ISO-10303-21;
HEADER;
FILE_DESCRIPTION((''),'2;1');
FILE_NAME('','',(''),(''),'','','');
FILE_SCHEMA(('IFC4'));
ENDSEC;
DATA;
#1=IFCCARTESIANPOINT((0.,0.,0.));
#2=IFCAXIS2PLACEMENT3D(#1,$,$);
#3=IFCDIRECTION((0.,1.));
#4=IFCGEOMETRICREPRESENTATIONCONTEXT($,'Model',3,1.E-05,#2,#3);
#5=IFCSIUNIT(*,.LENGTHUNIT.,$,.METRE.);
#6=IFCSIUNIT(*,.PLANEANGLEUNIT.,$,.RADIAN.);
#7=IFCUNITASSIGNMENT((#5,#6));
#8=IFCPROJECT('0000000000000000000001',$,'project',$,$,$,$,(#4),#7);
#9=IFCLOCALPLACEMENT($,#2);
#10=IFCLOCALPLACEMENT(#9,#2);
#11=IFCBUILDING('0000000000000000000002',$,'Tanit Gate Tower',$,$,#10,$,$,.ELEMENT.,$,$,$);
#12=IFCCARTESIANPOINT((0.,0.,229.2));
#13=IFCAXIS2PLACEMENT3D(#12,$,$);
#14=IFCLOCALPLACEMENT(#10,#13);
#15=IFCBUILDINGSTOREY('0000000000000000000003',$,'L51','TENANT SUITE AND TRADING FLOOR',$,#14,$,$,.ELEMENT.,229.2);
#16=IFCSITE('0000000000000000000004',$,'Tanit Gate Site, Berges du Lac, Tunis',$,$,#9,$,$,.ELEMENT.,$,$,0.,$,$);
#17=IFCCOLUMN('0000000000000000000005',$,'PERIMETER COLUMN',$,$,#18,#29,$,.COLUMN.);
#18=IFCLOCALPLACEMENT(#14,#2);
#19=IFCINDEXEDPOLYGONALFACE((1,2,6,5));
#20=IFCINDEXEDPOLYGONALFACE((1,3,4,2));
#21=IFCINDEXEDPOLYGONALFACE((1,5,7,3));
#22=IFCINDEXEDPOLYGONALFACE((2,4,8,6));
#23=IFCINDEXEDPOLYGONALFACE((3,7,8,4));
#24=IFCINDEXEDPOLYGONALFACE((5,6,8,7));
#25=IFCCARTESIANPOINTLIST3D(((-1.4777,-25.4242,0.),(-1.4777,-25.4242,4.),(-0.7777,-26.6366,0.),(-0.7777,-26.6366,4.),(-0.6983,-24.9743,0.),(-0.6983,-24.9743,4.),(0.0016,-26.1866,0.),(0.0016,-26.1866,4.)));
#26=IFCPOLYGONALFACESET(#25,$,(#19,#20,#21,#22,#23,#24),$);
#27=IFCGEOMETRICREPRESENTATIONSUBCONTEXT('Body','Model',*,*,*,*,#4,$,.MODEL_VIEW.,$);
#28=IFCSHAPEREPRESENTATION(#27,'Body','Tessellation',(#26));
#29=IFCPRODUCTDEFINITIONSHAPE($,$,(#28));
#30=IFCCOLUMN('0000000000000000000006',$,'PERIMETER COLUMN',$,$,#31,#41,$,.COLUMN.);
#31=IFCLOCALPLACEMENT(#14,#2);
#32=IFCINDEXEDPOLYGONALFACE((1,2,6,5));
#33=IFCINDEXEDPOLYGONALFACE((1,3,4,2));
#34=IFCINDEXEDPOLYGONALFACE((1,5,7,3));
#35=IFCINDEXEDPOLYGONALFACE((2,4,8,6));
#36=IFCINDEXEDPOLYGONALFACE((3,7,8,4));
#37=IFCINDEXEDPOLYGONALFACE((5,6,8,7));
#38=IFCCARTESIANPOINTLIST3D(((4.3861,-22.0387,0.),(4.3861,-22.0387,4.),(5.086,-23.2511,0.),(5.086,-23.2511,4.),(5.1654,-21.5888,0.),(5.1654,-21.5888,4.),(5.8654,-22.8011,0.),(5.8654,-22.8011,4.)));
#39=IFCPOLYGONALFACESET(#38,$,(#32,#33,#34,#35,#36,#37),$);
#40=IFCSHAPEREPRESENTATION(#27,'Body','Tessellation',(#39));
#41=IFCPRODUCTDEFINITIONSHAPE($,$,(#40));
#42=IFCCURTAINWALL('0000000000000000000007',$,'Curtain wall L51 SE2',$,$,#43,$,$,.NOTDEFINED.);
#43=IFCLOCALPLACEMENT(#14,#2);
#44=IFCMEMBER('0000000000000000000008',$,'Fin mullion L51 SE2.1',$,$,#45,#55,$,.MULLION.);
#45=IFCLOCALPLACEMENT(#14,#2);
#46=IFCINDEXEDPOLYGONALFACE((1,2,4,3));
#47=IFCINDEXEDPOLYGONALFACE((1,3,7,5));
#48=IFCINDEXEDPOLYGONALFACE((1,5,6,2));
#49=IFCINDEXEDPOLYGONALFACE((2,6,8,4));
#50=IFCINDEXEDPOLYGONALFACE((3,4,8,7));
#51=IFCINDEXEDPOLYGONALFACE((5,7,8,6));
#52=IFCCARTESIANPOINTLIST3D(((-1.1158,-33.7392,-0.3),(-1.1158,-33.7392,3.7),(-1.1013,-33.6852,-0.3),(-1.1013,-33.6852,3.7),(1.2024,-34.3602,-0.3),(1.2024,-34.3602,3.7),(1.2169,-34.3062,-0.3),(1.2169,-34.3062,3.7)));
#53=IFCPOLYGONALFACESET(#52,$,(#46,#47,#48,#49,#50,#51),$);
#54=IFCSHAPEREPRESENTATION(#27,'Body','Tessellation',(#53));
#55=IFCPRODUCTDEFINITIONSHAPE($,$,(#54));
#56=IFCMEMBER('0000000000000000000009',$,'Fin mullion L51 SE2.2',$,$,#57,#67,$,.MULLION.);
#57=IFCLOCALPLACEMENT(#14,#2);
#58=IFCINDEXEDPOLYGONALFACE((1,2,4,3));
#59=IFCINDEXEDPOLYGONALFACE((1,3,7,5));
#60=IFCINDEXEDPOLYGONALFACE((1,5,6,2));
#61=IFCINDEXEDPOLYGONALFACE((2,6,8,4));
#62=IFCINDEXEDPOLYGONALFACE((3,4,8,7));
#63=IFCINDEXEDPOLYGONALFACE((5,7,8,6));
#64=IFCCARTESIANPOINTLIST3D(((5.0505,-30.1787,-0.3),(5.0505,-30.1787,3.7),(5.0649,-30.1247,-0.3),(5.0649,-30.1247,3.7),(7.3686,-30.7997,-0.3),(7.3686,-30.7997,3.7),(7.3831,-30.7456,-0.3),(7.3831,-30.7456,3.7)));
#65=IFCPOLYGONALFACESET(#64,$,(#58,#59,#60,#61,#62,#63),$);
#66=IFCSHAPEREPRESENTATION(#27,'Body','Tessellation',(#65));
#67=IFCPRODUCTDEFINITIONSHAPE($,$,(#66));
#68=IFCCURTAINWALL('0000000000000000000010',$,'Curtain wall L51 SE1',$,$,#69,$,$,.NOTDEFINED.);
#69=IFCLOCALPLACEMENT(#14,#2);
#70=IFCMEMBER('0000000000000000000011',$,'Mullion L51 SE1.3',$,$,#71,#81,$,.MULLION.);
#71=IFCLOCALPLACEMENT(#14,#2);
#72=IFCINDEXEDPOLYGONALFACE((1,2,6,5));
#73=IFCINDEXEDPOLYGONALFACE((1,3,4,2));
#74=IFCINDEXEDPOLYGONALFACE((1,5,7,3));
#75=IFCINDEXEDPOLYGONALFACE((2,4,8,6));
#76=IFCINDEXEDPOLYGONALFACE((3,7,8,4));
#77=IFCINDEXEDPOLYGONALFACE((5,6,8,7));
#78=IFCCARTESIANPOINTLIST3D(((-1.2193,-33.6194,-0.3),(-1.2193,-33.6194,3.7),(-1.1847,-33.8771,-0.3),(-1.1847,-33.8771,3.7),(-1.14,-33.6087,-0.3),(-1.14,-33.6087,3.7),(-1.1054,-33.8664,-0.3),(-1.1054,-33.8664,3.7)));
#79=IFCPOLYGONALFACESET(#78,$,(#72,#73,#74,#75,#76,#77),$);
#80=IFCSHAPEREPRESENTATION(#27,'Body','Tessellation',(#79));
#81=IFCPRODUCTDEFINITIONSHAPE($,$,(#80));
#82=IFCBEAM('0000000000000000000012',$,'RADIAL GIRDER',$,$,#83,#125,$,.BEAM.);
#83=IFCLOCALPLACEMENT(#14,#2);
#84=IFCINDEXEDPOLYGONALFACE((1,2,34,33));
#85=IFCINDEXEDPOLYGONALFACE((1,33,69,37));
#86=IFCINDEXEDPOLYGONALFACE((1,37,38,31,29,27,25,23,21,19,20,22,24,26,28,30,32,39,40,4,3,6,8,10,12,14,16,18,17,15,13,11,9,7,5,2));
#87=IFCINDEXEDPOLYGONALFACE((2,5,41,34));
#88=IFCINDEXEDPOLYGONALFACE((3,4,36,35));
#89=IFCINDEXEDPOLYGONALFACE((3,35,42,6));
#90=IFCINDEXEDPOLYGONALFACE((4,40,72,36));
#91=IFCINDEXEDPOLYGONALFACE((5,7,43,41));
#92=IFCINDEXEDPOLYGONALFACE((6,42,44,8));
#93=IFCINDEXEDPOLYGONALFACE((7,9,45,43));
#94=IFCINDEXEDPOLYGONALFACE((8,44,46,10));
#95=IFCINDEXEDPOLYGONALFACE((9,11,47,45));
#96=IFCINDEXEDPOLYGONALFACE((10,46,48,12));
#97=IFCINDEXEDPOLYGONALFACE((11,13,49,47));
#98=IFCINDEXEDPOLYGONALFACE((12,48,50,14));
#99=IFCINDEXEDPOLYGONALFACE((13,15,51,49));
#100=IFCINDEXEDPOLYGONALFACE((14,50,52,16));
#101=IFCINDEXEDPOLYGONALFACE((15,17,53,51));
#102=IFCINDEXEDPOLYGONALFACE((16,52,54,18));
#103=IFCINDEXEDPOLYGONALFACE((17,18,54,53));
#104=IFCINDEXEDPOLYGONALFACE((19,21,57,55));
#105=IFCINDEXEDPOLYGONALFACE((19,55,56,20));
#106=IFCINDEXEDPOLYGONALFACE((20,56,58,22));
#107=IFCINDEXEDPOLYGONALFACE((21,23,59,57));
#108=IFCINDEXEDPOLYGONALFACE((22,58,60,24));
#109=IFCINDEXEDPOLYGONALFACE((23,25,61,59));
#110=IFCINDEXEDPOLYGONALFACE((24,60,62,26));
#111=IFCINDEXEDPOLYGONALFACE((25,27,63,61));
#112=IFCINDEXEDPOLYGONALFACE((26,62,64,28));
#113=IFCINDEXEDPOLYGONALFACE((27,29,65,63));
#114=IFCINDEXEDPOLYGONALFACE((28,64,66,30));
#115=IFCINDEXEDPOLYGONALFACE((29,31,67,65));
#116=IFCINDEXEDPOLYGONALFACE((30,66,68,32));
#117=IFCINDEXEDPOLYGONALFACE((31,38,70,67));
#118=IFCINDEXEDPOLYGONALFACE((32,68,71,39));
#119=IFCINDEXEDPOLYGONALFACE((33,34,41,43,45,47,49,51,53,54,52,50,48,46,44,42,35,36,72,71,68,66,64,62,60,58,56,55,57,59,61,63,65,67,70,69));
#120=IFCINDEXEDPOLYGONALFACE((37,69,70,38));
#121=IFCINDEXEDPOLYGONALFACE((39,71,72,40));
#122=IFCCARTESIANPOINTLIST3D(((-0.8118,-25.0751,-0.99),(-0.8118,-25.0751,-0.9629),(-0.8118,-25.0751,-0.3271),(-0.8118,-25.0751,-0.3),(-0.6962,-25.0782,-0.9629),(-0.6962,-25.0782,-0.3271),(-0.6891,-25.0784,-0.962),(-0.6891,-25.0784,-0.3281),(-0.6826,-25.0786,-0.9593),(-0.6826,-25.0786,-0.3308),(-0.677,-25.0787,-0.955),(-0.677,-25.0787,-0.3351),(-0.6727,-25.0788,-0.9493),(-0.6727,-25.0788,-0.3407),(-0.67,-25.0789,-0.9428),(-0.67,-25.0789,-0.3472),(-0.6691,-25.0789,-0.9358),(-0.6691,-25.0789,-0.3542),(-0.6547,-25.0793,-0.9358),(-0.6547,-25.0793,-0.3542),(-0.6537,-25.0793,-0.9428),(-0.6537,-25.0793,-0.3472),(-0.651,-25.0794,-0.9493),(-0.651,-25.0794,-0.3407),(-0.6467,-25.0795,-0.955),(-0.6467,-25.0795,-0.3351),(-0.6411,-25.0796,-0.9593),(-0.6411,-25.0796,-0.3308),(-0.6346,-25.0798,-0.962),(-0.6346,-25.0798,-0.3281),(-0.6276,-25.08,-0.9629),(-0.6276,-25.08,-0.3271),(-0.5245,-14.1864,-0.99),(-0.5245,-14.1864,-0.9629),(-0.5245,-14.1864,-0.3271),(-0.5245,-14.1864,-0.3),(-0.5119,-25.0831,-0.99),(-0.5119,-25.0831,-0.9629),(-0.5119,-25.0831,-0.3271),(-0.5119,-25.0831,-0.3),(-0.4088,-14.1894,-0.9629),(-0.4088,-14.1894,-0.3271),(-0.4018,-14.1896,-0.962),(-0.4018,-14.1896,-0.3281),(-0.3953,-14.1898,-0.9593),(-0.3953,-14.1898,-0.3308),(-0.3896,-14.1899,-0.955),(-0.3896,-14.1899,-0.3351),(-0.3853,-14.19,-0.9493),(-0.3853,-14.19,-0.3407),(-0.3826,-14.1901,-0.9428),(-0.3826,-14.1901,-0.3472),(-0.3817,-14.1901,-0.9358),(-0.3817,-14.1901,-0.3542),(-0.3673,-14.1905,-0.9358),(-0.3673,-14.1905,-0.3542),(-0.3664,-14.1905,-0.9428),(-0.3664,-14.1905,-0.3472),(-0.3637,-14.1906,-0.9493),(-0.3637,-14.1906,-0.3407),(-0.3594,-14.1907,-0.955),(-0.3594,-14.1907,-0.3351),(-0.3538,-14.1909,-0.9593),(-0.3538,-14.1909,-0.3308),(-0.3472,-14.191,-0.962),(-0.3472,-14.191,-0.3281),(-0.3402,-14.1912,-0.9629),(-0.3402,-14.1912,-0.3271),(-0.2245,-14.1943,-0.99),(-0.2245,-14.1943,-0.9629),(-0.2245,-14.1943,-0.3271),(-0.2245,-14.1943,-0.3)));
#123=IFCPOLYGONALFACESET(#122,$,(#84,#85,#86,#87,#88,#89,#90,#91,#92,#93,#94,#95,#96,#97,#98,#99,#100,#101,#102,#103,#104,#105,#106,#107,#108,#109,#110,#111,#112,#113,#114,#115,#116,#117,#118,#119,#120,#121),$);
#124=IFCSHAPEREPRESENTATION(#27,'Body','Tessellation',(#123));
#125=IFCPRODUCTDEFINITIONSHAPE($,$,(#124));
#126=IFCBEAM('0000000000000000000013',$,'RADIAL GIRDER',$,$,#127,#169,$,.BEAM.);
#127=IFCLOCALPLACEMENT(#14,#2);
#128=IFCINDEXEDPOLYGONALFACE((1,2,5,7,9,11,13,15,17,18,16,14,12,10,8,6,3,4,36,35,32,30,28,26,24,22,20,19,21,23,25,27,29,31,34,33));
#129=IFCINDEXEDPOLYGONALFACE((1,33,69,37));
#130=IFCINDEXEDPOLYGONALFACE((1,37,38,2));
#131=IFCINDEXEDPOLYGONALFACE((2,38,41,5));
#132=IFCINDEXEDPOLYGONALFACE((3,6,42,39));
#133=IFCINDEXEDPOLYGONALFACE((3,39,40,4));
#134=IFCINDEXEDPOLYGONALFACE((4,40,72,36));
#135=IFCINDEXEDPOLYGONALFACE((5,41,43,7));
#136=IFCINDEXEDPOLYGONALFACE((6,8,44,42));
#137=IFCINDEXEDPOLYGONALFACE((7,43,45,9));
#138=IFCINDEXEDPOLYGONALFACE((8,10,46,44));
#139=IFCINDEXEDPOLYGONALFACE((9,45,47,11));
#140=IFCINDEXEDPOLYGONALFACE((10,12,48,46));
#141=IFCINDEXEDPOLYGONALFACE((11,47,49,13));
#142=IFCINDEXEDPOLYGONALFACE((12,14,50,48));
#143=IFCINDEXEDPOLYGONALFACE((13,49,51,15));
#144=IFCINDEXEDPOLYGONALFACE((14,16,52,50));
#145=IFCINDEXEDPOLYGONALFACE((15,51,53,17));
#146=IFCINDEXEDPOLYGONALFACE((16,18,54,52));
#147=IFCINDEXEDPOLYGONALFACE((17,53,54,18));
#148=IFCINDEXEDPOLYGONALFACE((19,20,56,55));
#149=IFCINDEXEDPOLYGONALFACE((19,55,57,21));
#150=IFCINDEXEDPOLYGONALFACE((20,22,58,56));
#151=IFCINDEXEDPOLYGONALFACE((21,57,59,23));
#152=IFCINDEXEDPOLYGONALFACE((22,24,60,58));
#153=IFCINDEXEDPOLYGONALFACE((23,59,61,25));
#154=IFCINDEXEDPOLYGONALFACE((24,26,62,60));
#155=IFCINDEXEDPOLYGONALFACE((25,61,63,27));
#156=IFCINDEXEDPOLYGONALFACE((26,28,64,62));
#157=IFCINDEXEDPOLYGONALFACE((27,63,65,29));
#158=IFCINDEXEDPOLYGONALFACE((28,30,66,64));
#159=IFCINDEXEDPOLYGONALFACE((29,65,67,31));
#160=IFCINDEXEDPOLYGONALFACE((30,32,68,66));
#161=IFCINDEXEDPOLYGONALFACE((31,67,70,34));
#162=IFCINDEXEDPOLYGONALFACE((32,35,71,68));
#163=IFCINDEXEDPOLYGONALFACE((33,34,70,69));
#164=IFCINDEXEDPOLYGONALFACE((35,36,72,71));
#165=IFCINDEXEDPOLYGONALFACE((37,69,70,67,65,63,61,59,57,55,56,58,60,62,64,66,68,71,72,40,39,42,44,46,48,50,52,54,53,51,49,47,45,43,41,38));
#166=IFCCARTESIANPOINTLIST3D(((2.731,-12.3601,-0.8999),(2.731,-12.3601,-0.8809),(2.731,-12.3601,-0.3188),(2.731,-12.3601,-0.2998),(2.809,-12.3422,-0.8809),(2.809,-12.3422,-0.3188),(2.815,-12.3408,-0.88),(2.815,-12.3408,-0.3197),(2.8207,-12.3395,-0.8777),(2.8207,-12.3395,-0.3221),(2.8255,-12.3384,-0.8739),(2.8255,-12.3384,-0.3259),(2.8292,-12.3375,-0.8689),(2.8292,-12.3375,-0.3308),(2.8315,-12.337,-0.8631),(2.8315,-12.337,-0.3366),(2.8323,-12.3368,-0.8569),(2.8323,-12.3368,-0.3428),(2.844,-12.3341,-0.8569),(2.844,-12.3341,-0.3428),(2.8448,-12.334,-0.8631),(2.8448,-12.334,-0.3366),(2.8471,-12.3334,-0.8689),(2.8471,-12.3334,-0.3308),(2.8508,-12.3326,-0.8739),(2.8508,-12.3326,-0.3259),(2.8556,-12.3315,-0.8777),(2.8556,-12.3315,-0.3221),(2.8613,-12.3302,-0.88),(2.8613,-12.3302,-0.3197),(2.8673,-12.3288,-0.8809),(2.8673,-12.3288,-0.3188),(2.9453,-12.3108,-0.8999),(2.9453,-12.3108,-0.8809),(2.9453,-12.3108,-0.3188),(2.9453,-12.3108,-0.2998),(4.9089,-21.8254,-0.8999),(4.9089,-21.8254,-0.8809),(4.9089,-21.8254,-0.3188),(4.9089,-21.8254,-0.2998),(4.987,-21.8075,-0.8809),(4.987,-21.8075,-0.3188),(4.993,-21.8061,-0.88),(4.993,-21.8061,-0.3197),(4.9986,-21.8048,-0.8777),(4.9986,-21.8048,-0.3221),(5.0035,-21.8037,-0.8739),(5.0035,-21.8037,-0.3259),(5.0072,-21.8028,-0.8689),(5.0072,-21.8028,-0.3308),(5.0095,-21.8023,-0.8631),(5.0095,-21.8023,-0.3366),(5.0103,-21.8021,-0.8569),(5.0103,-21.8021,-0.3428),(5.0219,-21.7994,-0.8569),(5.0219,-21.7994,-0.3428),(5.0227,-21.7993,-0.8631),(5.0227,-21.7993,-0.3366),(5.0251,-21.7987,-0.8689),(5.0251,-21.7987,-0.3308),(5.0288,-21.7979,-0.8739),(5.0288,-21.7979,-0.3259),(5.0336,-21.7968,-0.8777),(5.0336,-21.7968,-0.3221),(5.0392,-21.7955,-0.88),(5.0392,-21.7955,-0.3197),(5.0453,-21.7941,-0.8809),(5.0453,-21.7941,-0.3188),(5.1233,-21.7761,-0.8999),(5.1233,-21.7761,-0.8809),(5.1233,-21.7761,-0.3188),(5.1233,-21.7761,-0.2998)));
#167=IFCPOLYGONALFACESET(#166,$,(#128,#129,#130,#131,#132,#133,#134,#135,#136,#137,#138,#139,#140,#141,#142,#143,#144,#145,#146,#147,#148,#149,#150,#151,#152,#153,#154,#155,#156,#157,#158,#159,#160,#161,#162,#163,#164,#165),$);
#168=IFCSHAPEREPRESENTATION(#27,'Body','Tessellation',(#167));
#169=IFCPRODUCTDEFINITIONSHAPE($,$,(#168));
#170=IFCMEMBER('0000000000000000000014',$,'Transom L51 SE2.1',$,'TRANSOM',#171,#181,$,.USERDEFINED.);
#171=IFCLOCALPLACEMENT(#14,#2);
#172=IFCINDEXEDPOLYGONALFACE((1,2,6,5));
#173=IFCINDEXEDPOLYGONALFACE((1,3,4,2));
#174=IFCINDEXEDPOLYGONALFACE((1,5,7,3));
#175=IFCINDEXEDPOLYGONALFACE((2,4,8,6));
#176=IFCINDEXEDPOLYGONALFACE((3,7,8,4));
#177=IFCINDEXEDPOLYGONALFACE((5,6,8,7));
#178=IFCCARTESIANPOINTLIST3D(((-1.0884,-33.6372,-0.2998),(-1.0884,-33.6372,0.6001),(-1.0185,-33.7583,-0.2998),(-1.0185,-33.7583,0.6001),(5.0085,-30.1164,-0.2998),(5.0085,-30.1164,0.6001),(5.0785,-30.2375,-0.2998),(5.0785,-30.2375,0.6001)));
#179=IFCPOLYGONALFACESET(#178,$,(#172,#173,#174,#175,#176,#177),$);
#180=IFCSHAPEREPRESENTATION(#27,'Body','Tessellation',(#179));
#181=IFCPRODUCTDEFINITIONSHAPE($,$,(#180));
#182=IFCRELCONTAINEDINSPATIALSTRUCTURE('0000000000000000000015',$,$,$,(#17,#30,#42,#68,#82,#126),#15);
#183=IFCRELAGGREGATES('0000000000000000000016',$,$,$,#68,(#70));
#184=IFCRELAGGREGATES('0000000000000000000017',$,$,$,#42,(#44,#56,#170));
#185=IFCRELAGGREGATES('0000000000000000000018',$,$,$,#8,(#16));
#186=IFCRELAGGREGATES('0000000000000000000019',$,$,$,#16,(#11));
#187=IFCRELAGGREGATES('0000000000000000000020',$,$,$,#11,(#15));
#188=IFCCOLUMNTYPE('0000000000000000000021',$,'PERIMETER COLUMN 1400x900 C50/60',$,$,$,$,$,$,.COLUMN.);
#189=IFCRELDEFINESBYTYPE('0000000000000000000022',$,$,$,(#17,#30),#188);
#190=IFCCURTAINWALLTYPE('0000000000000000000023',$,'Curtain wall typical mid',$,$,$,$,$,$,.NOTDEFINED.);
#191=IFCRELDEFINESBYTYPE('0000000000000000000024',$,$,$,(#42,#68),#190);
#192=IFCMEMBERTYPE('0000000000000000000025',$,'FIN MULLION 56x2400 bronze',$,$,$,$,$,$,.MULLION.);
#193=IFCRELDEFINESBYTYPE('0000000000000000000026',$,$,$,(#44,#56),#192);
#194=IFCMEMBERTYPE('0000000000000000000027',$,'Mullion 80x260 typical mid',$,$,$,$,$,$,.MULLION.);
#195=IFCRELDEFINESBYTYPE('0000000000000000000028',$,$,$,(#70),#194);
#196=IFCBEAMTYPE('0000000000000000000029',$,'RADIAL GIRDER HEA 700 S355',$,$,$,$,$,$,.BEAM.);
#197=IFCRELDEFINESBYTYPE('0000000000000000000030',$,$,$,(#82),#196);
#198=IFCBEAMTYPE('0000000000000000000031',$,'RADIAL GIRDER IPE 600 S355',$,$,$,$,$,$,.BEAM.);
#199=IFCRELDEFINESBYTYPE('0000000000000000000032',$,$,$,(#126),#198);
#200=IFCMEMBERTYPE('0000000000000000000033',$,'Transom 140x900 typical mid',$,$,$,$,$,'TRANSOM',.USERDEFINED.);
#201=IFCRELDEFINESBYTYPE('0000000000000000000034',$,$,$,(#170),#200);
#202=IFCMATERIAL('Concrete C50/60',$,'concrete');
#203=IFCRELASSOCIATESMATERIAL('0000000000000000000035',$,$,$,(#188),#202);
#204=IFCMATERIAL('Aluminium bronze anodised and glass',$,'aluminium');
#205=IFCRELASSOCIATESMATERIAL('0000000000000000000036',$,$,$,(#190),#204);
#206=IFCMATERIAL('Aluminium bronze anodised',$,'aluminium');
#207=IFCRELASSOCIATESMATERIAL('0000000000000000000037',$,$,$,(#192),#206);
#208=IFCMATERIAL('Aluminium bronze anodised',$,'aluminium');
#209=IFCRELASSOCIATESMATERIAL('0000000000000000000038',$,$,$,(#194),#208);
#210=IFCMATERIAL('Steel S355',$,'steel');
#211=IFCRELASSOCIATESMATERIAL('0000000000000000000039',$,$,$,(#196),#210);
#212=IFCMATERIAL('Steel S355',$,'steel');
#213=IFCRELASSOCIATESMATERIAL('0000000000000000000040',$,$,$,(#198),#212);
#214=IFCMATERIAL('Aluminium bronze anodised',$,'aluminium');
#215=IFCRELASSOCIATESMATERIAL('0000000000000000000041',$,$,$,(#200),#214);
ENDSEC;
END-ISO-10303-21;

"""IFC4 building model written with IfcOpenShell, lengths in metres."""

from ifc_helpers import new_model, si_unit, direction, frame, origin, origin_2d, place, context, subcontext, project, spatial, rectangle, i_section, extrude, material, material_profile, profile_set, type_object, element, aggregate, save


model = new_model("IFC4")

# Units and contexts
model_context = context("Model", 3, precision=1e-05, world=origin(), true_north=direction((0.0, 1.0)))
body_context = subcontext(model_context, "Body", "Model", "MODEL_VIEW")
ifc_project = project(units=[si_unit("LENGTHUNIT", "METRE"), si_unit("PLANEANGLEUNIT", "RADIAN")], contexts=[model_context])

# Site, building, storey
site_placement = place(None, origin())
site = spatial("IfcSite", under=ifc_project, at=site_placement, Name="Tanit Gate Site, Berges du Lac, Tunis", CompositionType="ELEMENT", RefElevation=0.0)
building_placement = place(site_placement, origin())
building = spatial("IfcBuilding", under=site, at=building_placement, Name="Tanit Gate Tower", CompositionType="ELEMENT")
storey_placement = place(building_placement, frame((0.0, 0.0, 229.2)))
storey = spatial("IfcBuildingStorey", under=building, at=storey_placement, Name="L51", Description="TENANT SUITE AND TRADING FLOOR", CompositionType="ELEMENT", Elevation=229.2)

# Columns
ifc_material_1 = material(Name="Concrete C50/60", Category="concrete")
ifc_material_profile_1 = material_profile(ifc_material_1, rectangle(XDim=1.3999, YDim=0.8999, at=origin_2d()), Name="RC 1400x900")
ifc_profile_set_1 = profile_set([ifc_material_profile_1], Name="Concrete C50/60")
column_type = type_object("IfcColumnType", Name="PERIMETER COLUMN 1400x900 C50/60", PredefinedType="COLUMN", material=ifc_profile_set_1)
for number, where, z_axis, x_axis, name in (
    (1, (-0.738, -25.8054, 0.0), (0.0, 0.0, 1.0), (0.5, -0.866025, 0.0), "PERIMETER COLUMN"),
    (2, (5.1257, -22.4199, 0.0), (0.0, 0.0, 1.0), (0.5, -0.866025, 0.0), "PERIMETER COLUMN"),
):
    element("IfcColumn", number, at=place(storey_placement, frame(where, z_axis=z_axis, x_axis=x_axis)), inside=storey, type_object=column_type, Name=name, PredefinedType="COLUMN", context=body_context, shape_type="SweptSolid", body=[
        extrude(rectangle(XDim=1.3999, YDim=0.8999, at=origin_2d()), origin(), (0.0, 0.0, 1.0), 4.0),
    ])

# Curtain wall, members
ifc_material_2 = material(Name="Aluminium bronze anodised and glass", Category="aluminium")
curtain_wall_type = type_object("IfcCurtainWallType", Name="Curtain wall typical mid", PredefinedType="NOTDEFINED", material=ifc_material_2)
curtain_wall_1_placement = place(storey_placement, origin())
curtain_wall_1 = element("IfcCurtainWall", 3, at=curtain_wall_1_placement, inside=storey, type_object=curtain_wall_type, Name="Curtain wall L51 SE2", PredefinedType="NOTDEFINED")
ifc_material_3 = material(Name="Aluminium bronze anodised", Category="aluminium")
ifc_material_profile_2 = material_profile(ifc_material_3, rectangle(XDim=2.3999, YDim=0.0559, at=origin_2d()), Name="56x2400 bronze fin mullion")
ifc_profile_set_2 = profile_set([ifc_material_profile_2], Name="Aluminium bronze anodised")
member_type_1 = type_object("IfcMemberType", Name="FIN MULLION 56x2400 bronze", PredefinedType="MULLION", material=ifc_profile_set_2)
member_1_placement = place(storey_placement, frame((0.0505, -34.0227, -0.3), z_axis=(0.0, 0.0, 1.0), x_axis=(-0.965944, 0.258752, 0.0)))
member_1 = element("IfcMember", 4, at=member_1_placement, type_object=member_type_1, Name="Fin mullion L51 SE2.1", PredefinedType="MULLION", context=body_context, shape_type="SweptSolid", body=[
    extrude(rectangle(XDim=2.3999, YDim=0.0559, at=origin_2d()), origin(), (0.0, 0.0, 1.0), 4.0),
])
member_2_placement = place(storey_placement, frame((6.2168, -30.4622, -0.3), z_axis=(0.0, 0.0, 1.0), x_axis=(-0.965944, 0.258752, 0.0)))
member_2 = element("IfcMember", 5, at=member_2_placement, type_object=member_type_1, Name="Fin mullion L51 SE2.2", PredefinedType="MULLION", context=body_context, shape_type="SweptSolid", body=[
    extrude(rectangle(XDim=2.3999, YDim=0.0559, at=origin_2d()), origin(), (0.0, 0.0, 1.0), 4.0),
])

# Curtain wall, member
curtain_wall_2_placement = place(storey_placement, origin())
curtain_wall_2 = element("IfcCurtainWall", 6, at=curtain_wall_2_placement, inside=storey, type_object=curtain_wall_type, Name="Curtain wall L51 SE1", PredefinedType="NOTDEFINED")
ifc_material_4 = material(Name="Aluminium bronze anodised", Category="aluminium")
ifc_material_profile_3 = material_profile(ifc_material_4, rectangle(XDim=0.26, YDim=0.0801, at=origin_2d()), Name="80x260 bronze mullion")
ifc_profile_set_3 = profile_set([ifc_material_profile_3], Name="Aluminium bronze anodised")
member_type_2 = type_object("IfcMemberType", Name="Mullion 80x260 typical mid", PredefinedType="MULLION", material=ifc_profile_set_3)
member_3_placement = place(storey_placement, frame((-1.1624, -33.7429, -0.3), z_axis=(0.0, 0.0, 1.0), x_axis=(-0.133092, 0.991104, 0.0)))
member_3 = element("IfcMember", 7, at=member_3_placement, type_object=member_type_2, Name="Mullion L51 SE1.3", PredefinedType="MULLION", context=body_context, shape_type="SweptSolid", body=[
    extrude(rectangle(XDim=0.26, YDim=0.0801, at=origin_2d()), origin(), (0.0, 0.0, 1.0), 4.0),
])
aggregate(curtain_wall_2, [member_3])

# Beams
ifc_material_5 = material(Name="Steel S355", Category="steel")
ifc_material_profile_4 = material_profile(ifc_material_5, i_section(OverallWidth=0.3, OverallDepth=0.6899, WebThickness=0.0144, FlangeThickness=0.0271, FilletRadius=0.0271, at=origin_2d()), Name="HEA 700")
ifc_profile_set_4 = profile_set([ifc_material_profile_4], Name="Steel S355")
beam_type_1 = type_object("IfcBeamType", Name="RADIAL GIRDER HEA 700 S355", PredefinedType="BEAM", material=ifc_profile_set_4)
beam_1_placement = place(storey_placement, frame((-0.6619, -25.0791, -0.645), z_axis=(0.026381, 0.999652, 0.0), x_axis=(-0.999652, 0.026381, 0.0)))
element("IfcBeam", 8, at=beam_1_placement, inside=storey, type_object=beam_type_1, Name="RADIAL GIRDER", PredefinedType="BEAM", context=body_context, shape_type="SweptSolid", body=[
    extrude(i_section(OverallWidth=0.3, OverallDepth=0.6899, WebThickness=0.0144, FlangeThickness=0.0271, FilletRadius=0.0271, at=origin_2d()), origin(), (0.0, 0.0, 1.0), 10.8926),
])
ifc_material_6 = material(Name="Steel S355", Category="steel")
ifc_material_profile_5 = material_profile(ifc_material_6, i_section(OverallWidth=0.22, OverallDepth=0.6001, WebThickness=0.012, FlangeThickness=0.019, FilletRadius=0.0239, at=origin_2d()), Name="IPE 600")
ifc_profile_set_5 = profile_set([ifc_material_profile_5], Name="Steel S355")
beam_type_2 = type_object("IfcBeamType", Name="RADIAL GIRDER IPE 600 S355", PredefinedType="BEAM", material=ifc_profile_set_5)
beam_2_placement = place(storey_placement, frame((5.0161, -21.8008, -0.5999), z_axis=(-0.224241, 0.974534, 0.0), x_axis=(-0.974534, -0.224241, 0.0)))
element("IfcBeam", 9, at=beam_2_placement, inside=storey, type_object=beam_type_2, Name="RADIAL GIRDER", PredefinedType="BEAM", context=body_context, shape_type="SweptSolid", body=[
    extrude(i_section(OverallWidth=0.22, OverallDepth=0.6001, WebThickness=0.012, FlangeThickness=0.019, FilletRadius=0.0239, at=origin_2d()), origin(), (0.0, 0.0, 1.0), 9.7126),
])

# Member
ifc_material_7 = material(Name="Aluminium bronze anodised", Category="aluminium")
ifc_material_profile_6 = material_profile(ifc_material_7, rectangle(XDim=0.1399, YDim=0.8999, at=origin_2d()), Name="140x900 bronze transom")
ifc_profile_set_6 = profile_set([ifc_material_profile_6], Name="Aluminium bronze anodised")
member_type_3 = type_object("IfcMemberType", Name="Transom 140x900 typical mid", ElementType="TRANSOM", PredefinedType="USERDEFINED", material=ifc_profile_set_6)
member_4_placement = place(storey_placement, frame((-1.0535, -33.6978, 0.1501), z_axis=(0.865983, 0.500074, 0.0), x_axis=(-0.500074, 0.865983, 0.0)))
member_4 = element("IfcMember", 10, at=member_4_placement, type_object=member_type_3, Name="Transom L51 SE2.1", ObjectType="TRANSOM", PredefinedType="USERDEFINED", context=body_context, shape_type="SweptSolid", body=[
    extrude(rectangle(XDim=0.1399, YDim=0.8999, at=origin_2d()), origin(), (0.0, 0.0, 1.0), 7.0405),
])

aggregate(curtain_wall_1, [member_1, member_2, member_4])

save(model, "model.ifc")
